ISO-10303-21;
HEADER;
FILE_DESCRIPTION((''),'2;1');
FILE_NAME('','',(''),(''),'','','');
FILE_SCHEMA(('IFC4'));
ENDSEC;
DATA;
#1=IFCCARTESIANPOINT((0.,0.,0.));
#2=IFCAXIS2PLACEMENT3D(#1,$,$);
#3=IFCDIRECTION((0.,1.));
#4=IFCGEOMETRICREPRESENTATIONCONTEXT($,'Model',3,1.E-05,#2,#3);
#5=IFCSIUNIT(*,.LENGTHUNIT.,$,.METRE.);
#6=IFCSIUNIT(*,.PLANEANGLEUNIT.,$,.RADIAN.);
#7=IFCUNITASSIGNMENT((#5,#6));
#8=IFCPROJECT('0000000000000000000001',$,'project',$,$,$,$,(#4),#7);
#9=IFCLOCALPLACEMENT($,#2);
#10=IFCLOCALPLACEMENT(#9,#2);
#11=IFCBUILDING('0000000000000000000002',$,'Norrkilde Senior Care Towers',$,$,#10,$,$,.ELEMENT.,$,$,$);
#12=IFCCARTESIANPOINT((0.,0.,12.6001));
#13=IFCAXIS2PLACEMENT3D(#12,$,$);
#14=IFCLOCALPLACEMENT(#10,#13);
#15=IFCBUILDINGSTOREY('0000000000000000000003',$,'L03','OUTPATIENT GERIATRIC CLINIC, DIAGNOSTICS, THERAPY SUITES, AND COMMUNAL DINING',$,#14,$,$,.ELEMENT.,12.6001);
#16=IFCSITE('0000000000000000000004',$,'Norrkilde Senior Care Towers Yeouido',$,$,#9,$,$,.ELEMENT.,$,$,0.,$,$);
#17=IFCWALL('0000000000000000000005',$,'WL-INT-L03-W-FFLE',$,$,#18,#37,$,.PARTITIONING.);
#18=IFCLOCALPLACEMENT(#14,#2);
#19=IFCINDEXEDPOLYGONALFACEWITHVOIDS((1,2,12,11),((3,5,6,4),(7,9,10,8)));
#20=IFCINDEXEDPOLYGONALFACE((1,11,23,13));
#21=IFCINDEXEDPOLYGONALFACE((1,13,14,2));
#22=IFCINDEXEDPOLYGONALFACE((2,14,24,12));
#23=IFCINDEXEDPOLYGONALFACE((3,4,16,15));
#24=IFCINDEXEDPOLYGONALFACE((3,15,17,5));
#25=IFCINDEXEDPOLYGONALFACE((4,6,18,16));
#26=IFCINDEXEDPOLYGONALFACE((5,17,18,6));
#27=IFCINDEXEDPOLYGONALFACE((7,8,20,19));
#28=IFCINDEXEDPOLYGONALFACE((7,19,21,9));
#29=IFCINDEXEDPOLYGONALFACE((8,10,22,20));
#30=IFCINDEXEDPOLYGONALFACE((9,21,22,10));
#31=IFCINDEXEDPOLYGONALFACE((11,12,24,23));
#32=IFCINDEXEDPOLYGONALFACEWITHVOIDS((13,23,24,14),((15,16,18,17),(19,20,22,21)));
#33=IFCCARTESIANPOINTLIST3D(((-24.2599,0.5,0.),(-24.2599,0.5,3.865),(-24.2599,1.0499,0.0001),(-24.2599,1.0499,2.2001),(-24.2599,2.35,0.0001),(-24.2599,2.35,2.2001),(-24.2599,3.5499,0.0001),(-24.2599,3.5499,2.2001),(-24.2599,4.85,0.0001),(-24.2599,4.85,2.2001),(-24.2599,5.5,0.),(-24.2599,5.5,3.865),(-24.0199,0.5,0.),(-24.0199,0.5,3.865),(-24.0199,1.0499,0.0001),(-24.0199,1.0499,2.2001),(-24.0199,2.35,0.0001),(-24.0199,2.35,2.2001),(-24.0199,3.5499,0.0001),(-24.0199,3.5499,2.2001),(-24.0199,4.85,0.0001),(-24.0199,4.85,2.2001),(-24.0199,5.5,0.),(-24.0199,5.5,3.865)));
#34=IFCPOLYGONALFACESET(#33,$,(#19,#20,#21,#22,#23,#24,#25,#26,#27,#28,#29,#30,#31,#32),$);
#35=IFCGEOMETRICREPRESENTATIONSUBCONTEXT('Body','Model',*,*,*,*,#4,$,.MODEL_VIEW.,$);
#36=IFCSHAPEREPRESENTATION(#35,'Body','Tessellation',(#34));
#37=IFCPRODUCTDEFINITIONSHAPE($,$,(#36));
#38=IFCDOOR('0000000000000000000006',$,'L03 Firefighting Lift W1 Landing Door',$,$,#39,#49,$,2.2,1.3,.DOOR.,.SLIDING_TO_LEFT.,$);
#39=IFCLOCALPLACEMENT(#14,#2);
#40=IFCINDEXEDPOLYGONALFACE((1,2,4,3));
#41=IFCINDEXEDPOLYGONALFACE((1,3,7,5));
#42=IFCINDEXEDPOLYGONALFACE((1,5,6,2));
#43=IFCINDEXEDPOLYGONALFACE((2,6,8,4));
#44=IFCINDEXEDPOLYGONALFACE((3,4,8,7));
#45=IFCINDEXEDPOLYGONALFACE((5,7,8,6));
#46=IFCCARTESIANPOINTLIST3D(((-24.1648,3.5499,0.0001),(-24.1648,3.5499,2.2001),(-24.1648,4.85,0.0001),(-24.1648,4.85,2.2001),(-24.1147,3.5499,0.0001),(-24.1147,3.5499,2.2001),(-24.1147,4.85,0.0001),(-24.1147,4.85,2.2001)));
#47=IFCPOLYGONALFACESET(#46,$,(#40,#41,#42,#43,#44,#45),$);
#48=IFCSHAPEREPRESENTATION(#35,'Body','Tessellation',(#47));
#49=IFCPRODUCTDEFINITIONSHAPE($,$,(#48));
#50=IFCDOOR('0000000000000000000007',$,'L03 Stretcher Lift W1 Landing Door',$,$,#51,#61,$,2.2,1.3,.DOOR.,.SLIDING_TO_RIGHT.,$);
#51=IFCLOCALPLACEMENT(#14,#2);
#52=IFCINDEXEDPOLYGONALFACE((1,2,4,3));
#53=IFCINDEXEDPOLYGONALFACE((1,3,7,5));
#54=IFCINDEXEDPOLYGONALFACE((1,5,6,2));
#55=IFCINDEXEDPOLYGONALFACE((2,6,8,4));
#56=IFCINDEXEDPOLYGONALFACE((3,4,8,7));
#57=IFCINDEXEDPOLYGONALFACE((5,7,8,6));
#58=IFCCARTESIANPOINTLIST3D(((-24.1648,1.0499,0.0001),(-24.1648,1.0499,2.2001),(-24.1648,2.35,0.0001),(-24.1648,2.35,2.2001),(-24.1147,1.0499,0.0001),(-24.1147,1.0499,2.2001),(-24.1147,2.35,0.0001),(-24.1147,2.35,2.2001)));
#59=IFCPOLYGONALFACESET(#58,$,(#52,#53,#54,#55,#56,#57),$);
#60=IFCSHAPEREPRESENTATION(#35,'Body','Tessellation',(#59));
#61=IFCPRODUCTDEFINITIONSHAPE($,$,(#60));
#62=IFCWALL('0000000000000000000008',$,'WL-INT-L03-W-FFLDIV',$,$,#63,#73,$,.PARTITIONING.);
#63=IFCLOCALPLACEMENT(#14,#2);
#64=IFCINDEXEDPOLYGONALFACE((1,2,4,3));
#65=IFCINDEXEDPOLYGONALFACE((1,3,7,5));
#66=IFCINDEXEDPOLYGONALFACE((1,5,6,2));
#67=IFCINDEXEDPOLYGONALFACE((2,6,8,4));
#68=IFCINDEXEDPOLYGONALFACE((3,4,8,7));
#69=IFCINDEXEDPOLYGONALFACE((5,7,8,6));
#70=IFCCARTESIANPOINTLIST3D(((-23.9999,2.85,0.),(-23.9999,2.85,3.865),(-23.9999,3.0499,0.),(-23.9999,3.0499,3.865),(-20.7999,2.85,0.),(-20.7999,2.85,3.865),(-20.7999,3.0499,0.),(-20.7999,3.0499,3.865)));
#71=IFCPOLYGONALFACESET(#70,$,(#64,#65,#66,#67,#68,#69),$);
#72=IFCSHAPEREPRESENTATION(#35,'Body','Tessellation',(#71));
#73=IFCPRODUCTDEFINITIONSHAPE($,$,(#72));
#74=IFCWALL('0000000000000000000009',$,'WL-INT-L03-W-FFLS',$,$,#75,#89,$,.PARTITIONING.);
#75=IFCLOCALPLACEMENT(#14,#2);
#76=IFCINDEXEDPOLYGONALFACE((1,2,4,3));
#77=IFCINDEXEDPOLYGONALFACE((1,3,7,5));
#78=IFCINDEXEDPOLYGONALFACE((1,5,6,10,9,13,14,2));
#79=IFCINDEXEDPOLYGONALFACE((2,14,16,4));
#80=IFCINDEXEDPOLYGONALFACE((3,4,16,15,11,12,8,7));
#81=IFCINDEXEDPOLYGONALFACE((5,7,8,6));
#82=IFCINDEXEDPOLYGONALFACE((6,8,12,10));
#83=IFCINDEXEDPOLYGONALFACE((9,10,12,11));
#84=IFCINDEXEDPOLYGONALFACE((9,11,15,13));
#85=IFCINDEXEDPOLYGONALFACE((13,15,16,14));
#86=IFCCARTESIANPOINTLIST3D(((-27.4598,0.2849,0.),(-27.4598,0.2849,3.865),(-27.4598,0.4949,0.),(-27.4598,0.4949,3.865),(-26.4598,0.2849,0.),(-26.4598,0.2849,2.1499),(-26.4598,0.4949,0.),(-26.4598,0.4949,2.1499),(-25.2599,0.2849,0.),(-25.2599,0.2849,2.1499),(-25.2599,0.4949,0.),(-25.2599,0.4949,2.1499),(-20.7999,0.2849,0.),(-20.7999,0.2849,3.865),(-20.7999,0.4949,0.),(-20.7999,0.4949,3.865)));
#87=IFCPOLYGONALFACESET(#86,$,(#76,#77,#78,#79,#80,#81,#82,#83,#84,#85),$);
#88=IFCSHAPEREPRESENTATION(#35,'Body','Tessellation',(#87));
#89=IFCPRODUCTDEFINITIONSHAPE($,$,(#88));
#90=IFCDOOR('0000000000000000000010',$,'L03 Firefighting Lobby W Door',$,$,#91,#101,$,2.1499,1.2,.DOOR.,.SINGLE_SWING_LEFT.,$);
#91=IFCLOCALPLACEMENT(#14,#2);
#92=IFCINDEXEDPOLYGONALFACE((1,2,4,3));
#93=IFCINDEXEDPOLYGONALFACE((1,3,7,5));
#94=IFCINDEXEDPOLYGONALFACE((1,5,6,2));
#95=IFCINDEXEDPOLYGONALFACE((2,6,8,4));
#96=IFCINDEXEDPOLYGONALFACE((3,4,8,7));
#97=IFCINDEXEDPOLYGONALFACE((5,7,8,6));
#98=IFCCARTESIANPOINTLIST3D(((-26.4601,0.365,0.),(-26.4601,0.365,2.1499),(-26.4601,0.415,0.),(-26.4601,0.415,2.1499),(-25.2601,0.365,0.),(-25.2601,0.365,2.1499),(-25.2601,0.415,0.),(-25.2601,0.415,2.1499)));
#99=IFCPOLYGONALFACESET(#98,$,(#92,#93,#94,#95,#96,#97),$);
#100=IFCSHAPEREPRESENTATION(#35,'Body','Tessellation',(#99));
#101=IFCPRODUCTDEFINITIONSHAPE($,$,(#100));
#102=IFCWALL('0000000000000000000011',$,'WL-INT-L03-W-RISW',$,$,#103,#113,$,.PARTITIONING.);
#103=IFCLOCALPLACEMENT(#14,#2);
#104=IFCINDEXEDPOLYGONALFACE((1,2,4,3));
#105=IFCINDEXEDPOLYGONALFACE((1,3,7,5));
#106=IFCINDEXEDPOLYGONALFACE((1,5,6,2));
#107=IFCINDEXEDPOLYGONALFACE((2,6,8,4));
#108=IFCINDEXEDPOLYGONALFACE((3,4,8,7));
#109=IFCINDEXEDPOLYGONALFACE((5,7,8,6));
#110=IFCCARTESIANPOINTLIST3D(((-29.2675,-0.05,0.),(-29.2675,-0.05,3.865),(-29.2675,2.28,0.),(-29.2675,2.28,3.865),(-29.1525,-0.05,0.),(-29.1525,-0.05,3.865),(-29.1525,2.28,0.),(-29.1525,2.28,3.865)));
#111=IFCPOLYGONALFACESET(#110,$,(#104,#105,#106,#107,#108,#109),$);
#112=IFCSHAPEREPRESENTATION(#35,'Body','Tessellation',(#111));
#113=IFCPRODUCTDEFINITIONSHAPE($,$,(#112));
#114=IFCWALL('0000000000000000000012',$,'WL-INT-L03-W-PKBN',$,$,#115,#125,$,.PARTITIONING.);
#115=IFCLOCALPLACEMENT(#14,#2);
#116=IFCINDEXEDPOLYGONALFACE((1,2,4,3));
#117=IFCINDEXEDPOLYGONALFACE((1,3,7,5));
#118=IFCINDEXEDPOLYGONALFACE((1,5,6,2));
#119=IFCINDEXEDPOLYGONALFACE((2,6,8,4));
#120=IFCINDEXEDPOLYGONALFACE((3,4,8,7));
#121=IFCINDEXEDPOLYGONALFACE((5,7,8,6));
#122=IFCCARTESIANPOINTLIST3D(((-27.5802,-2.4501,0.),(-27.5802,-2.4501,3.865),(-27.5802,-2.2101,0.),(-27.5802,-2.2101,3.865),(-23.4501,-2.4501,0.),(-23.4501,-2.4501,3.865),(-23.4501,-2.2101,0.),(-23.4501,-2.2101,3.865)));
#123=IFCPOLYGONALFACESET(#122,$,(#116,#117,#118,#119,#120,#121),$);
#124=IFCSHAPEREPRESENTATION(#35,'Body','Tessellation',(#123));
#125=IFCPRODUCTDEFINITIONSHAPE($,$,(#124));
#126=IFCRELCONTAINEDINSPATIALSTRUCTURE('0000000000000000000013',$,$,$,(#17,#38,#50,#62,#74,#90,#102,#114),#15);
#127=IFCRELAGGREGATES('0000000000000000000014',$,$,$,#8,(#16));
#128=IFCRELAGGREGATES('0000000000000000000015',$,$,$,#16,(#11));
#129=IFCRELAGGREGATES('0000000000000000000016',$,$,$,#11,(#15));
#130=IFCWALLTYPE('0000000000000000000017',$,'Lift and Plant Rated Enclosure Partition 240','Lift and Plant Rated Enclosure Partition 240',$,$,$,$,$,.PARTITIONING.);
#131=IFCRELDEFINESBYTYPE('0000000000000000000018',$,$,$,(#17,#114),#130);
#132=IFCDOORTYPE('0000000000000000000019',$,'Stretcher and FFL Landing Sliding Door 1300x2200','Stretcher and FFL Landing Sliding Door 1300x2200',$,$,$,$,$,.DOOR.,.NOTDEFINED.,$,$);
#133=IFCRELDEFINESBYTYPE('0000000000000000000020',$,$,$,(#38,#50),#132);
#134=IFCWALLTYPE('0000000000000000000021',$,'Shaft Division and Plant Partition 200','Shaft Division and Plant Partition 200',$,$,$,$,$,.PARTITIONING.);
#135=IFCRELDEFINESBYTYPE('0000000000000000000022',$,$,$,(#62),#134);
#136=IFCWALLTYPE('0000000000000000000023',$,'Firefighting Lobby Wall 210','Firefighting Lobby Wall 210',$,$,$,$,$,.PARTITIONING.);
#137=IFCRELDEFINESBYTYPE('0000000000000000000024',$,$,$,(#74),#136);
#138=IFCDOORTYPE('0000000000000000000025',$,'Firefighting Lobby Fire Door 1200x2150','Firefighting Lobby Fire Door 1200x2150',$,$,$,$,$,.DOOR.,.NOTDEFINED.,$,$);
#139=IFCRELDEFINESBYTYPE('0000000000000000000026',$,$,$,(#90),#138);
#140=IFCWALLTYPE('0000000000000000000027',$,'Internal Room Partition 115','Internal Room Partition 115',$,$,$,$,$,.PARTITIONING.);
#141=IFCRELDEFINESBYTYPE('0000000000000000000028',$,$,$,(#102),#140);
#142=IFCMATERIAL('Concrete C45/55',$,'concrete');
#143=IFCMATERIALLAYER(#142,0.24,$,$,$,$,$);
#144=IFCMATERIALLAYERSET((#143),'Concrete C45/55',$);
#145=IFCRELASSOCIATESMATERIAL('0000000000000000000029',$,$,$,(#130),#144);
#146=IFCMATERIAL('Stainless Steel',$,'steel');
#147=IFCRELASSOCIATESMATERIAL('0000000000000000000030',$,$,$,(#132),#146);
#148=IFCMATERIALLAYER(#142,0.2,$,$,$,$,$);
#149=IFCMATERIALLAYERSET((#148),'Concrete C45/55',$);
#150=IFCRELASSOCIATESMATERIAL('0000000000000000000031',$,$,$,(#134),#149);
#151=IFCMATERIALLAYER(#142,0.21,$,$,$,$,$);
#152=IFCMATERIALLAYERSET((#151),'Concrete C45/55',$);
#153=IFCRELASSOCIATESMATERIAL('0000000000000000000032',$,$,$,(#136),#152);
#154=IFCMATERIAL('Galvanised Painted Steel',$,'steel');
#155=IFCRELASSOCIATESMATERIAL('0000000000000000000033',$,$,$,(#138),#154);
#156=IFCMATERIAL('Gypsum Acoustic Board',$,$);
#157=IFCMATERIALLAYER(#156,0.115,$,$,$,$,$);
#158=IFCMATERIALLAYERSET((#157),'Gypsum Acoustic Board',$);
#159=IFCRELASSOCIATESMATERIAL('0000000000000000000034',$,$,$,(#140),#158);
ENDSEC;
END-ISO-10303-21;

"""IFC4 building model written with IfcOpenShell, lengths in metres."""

from ifc_helpers import new_model, si_unit, direction, frame, frame_2d, origin, place, context, subcontext, project, spatial, rectangle, extrude, source, transform, mapped, material, layer, layer_set, type_object, type_shapes, element, fill, save


model = new_model("IFC4")

# Units and contexts
model_context = context("Model", 3, precision=1e-05, world=origin(), true_north=direction((0.0, 1.0)))
body_context = subcontext(model_context, "Body", "Model", "MODEL_VIEW")
ifc_project = project(units=[si_unit("LENGTHUNIT", "METRE"), si_unit("PLANEANGLEUNIT", "RADIAN")], contexts=[model_context])

# Site, building, storey
site_placement = place(None, origin())
site = spatial("IfcSite", under=ifc_project, at=site_placement, Name="Norrkilde Senior Care Towers Yeouido", CompositionType="ELEMENT", RefElevation=0.0)
building_placement = place(site_placement, origin())
building = spatial("IfcBuilding", under=site, at=building_placement, Name="Norrkilde Senior Care Towers", CompositionType="ELEMENT")
storey_placement = place(building_placement, frame((0.0, 0.0, 12.6001)))
storey = spatial("IfcBuildingStorey", under=building, at=storey_placement, Name="L03", Description="OUTPATIENT GERIATRIC CLINIC, DIAGNOSTICS, THERAPY SUITES, AND COMMUNAL DINING", CompositionType="ELEMENT", Elevation=12.6001)

# Shared definitions
ifc_material_1 = material(Name="Concrete C45/55", Category="concrete")
ifc_material_2 = material(Name="Galvanised Painted Steel", Category="steel")

# Wall, openings, doors
ifc_layer_1 = layer(ifc_material_1, 0.24)
ifc_layer_set_1 = layer_set([ifc_layer_1], Name="Concrete C45/55")
wall_type_1 = type_object("IfcWallType", Name="Lift and Plant Rated Enclosure Partition 240", Description="Lift and Plant Rated Enclosure Partition 240", PredefinedType="PARTITIONING", material=ifc_layer_set_1)
shared_shape_1 = source(origin(), body_context, "Body", "SweptSolid", [
    extrude(rectangle(XDim=5.0, YDim=0.24, at=frame_2d((2.5, 0.0))), origin(), (0.0, 0.0, 1.0), 3.865),
])
wall_1_placement = place(storey_placement, frame((-24.1399, 0.5, 0.0), z_axis=(0.0, 0.0, 1.0), x_axis=(0.0, 1.0, 0.0)))
wall_1 = element("IfcWall", 1, at=wall_1_placement, inside=storey, type_object=wall_type_1, Name="WL-INT-L03-W-FFLE", PredefinedType="PARTITIONING", context=body_context, shape_type="MappedRepresentation", body=[
    mapped(shared_shape_1, transform((0.0, 0.0, 0.0), x_axis=(1.0, 0.0, 0.0), y_axis=(0.0, 1.0, 0.0), z_axis=(0.0, 0.0, 1.0), scale=1.0)),
])
opening_1_placement = place(wall_1_placement, frame((3.05, 0.0, 0.0)))
opening_1 = element("IfcOpeningElement", 2, at=opening_1_placement, cuts=wall_1, PredefinedType="OPENING", context=body_context, shape_type="SweptSolid", body=[
    extrude(rectangle(XDim=1.3, YDim=2.2, at=frame_2d((0.6499, 1.1001))), frame((0.0, 0.1299, 0.0), z_axis=(0.0, -1.0, 0.0), x_axis=(1.0, 0.0, 0.0)), (0.0, 0.0, 1.0), 0.26),
])
opening_2_placement = place(wall_1_placement, frame((0.55, 0.0, 0.0)))
opening_2 = element("IfcOpeningElement", 3, at=opening_2_placement, cuts=wall_1, PredefinedType="OPENING", context=body_context, shape_type="SweptSolid", body=[
    extrude(rectangle(XDim=1.3, YDim=2.2, at=frame_2d((0.6499, 1.1001))), frame((0.0, 0.1299, 0.0), z_axis=(0.0, -1.0, 0.0), x_axis=(1.0, 0.0, 0.0)), (0.0, 0.0, 1.0), 0.26),
])
ifc_material_3 = material(Name="Stainless Steel", Category="steel")
door_type_1 = type_object("IfcDoorType", Name="Stretcher and FFL Landing Sliding Door 1300x2200", Description="Stretcher and FFL Landing Sliding Door 1300x2200", OperationType="NOTDEFINED", PredefinedType="DOOR", material=ifc_material_3)
shared_shape_2 = source(origin(), body_context, "Body", "SweptSolid", [
    extrude(rectangle(XDim=1.3, YDim=2.2, at=frame_2d((0.6499, 1.1001))), frame((0.0, 0.0249, 0.0), z_axis=(0.0, -1.0, 0.0), x_axis=(1.0, 0.0, 0.0)), (0.0, 0.0, 1.0), 0.05),
])
type_shapes(door_type_1, [shared_shape_2])
door_1_placement = place(opening_1_placement, origin())
door_1 = element("IfcDoor", 4, at=door_1_placement, inside=storey, type_object=door_type_1, Name="L03 Firefighting Lift W1 Landing Door", OperationType="SLIDING_TO_LEFT", OverallHeight=2.2, OverallWidth=1.3, PredefinedType="DOOR", context=body_context, shape_type="MappedRepresentation", body=[
    mapped(shared_shape_2, transform((0.0, 0.0, 0.0), x_axis=(1.0, 0.0, 0.0), y_axis=(0.0, 1.0, 0.0), z_axis=(0.0, 0.0, 1.0), scale=1.0)),
])
fill(opening_1, door_1)
door_2_placement = place(opening_2_placement, origin())
door_2 = element("IfcDoor", 5, at=door_2_placement, inside=storey, type_object=door_type_1, Name="L03 Stretcher Lift W1 Landing Door", OperationType="SLIDING_TO_RIGHT", OverallHeight=2.2, OverallWidth=1.3, PredefinedType="DOOR", context=body_context, shape_type="MappedRepresentation", body=[
    mapped(shared_shape_2, transform((0.0, 0.0, 0.0), x_axis=(1.0, 0.0, 0.0), y_axis=(0.0, 1.0, 0.0), z_axis=(0.0, 0.0, 1.0), scale=1.0)),
])
fill(opening_2, door_2)

# Wall
ifc_layer_2 = layer(ifc_material_1, 0.2)
ifc_layer_set_2 = layer_set([ifc_layer_2], Name="Concrete C45/55")
wall_type_2 = type_object("IfcWallType", Name="Shaft Division and Plant Partition 200", Description="Shaft Division and Plant Partition 200", PredefinedType="PARTITIONING", material=ifc_layer_set_2)
shared_shape_3 = source(origin(), body_context, "Body", "SweptSolid", [
    extrude(rectangle(XDim=3.2, YDim=0.2, at=frame_2d((1.6001, 0.0))), origin(), (0.0, 0.0, 1.0), 3.865),
])
type_shapes(wall_type_2, [shared_shape_3])
wall_2_placement = place(storey_placement, frame((-24.0, 2.95, 0.0), z_axis=(0.0, 0.0, 1.0), x_axis=(1.0, 0.0, 0.0)))
element("IfcWall", 6, at=wall_2_placement, inside=storey, type_object=wall_type_2, Name="WL-INT-L03-W-FFLDIV", PredefinedType="PARTITIONING", context=body_context, shape_type="MappedRepresentation", body=[
    mapped(shared_shape_3, transform((0.0, 0.0, 0.0), x_axis=(1.0, 0.0, 0.0), y_axis=(0.0, 1.0, 0.0), z_axis=(0.0, 0.0, 1.0), scale=1.0)),
])

# Wall, opening, door
ifc_layer_3 = layer(ifc_material_1, 0.21)
ifc_layer_set_3 = layer_set([ifc_layer_3], Name="Concrete C45/55")
wall_type_3 = type_object("IfcWallType", Name="Firefighting Lobby Wall 210", Description="Firefighting Lobby Wall 210", PredefinedType="PARTITIONING", material=ifc_layer_set_3)
shared_shape_4 = source(origin(), body_context, "Body", "SweptSolid", [
    extrude(rectangle(XDim=6.6599, YDim=0.21, at=frame_2d((3.3301, 0.0))), origin(), (0.0, 0.0, 1.0), 3.865),
])
type_shapes(wall_type_3, [shared_shape_4])
wall_3_placement = place(storey_placement, frame((-27.46, 0.3899, 0.0), z_axis=(0.0, 0.0, 1.0), x_axis=(1.0, 0.0, 0.0)))
wall_3 = element("IfcWall", 7, at=wall_3_placement, inside=storey, type_object=wall_type_3, Name="WL-INT-L03-W-FFLS", PredefinedType="PARTITIONING", context=body_context, shape_type="MappedRepresentation", body=[
    mapped(shared_shape_4, transform((0.0, 0.0, 0.0), x_axis=(1.0, 0.0, 0.0), y_axis=(0.0, 1.0, 0.0), z_axis=(0.0, 0.0, 1.0), scale=1.0)),
])
opening_3_placement = place(wall_3_placement, frame((1.0, 0.0, 0.0)))
opening_3 = element("IfcOpeningElement", 8, at=opening_3_placement, cuts=wall_3, PredefinedType="OPENING", context=body_context, shape_type="SweptSolid", body=[
    extrude(rectangle(XDim=1.2, YDim=2.1499, at=frame_2d((0.6001, 1.075))), frame((0.0, 0.115, 0.0), z_axis=(0.0, -1.0, 0.0), x_axis=(1.0, 0.0, 0.0)), (0.0, 0.0, 1.0), 0.23),
])
door_type_2 = type_object("IfcDoorType", Name="Firefighting Lobby Fire Door 1200x2150", Description="Firefighting Lobby Fire Door 1200x2150", OperationType="NOTDEFINED", PredefinedType="DOOR", material=ifc_material_2)
shared_shape_5 = source(origin(), body_context, "Body", "SweptSolid", [
    extrude(rectangle(XDim=1.2, YDim=2.1499, at=frame_2d((0.6001, 1.075))), frame((0.0, 0.0249, 0.0), z_axis=(0.0, -1.0, 0.0), x_axis=(1.0, 0.0, 0.0)), (0.0, 0.0, 1.0), 0.05),
])
type_shapes(door_type_2, [shared_shape_5])
door_3_placement = place(opening_3_placement, frame((1.2, 0.0, 0.0), z_axis=(0.0, 0.0, 1.0), x_axis=(-1.0, 0.0, 0.0)))
door_3 = element("IfcDoor", 9, at=door_3_placement, inside=storey, type_object=door_type_2, Name="L03 Firefighting Lobby W Door", OperationType="SINGLE_SWING_LEFT", OverallHeight=2.1499, OverallWidth=1.2, PredefinedType="DOOR", context=body_context, shape_type="MappedRepresentation", body=[
    mapped(shared_shape_5, transform((0.0, 0.0, 0.0), x_axis=(1.0, 0.0, 0.0), y_axis=(0.0, 1.0, 0.0), z_axis=(0.0, 0.0, 1.0), scale=1.0)),
])
fill(opening_3, door_3)

# Walls
ifc_material_4 = material(Name="Gypsum Acoustic Board")
ifc_layer_4 = layer(ifc_material_4, 0.115)
ifc_layer_set_4 = layer_set([ifc_layer_4], Name="Gypsum Acoustic Board")
wall_type_4 = type_object("IfcWallType", Name="Internal Room Partition 115", Description="Internal Room Partition 115", PredefinedType="PARTITIONING", material=ifc_layer_set_4)
shared_shape_6 = source(origin(), body_context, "Body", "SweptSolid", [
    extrude(rectangle(XDim=2.3301, YDim=0.115, at=frame_2d((1.165, 0.0))), origin(), (0.0, 0.0, 1.0), 3.865),
])
type_shapes(wall_type_4, [shared_shape_6])
wall_4_placement = place(storey_placement, frame((-29.21, -0.05, 0.0), z_axis=(0.0, 0.0, 1.0), x_axis=(0.0, 1.0, 0.0)))
element("IfcWall", 10, at=wall_4_placement, inside=storey, type_object=wall_type_4, Name="WL-INT-L03-W-RISW", PredefinedType="PARTITIONING", context=body_context, shape_type="MappedRepresentation", body=[
    mapped(shared_shape_6, transform((0.0, 0.0, 0.0), x_axis=(1.0, 0.0, 0.0), y_axis=(0.0, 1.0, 0.0), z_axis=(0.0, 0.0, 1.0), scale=1.0)),
])
shared_shape_7 = source(origin(), body_context, "Body", "SweptSolid", [
    extrude(rectangle(XDim=4.1301, YDim=0.24, at=frame_2d((2.0649, 0.0))), origin(), (0.0, 0.0, 1.0), 3.865),
])
type_shapes(wall_type_1, [shared_shape_1, shared_shape_7])
wall_5_placement = place(storey_placement, frame((-27.5801, -2.3301, 0.0), z_axis=(0.0, 0.0, 1.0), x_axis=(1.0, 0.0, 0.0)))
element("IfcWall", 11, at=wall_5_placement, inside=storey, type_object=wall_type_1, Name="WL-INT-L03-W-PKBN", PredefinedType="PARTITIONING", context=body_context, shape_type="MappedRepresentation", body=[
    mapped(shared_shape_7, transform((0.0, 0.0, 0.0), x_axis=(1.0, 0.0, 0.0), y_axis=(0.0, 1.0, 0.0), z_axis=(0.0, 0.0, 1.0), scale=1.0)),
])

save(model, "model.ifc")
